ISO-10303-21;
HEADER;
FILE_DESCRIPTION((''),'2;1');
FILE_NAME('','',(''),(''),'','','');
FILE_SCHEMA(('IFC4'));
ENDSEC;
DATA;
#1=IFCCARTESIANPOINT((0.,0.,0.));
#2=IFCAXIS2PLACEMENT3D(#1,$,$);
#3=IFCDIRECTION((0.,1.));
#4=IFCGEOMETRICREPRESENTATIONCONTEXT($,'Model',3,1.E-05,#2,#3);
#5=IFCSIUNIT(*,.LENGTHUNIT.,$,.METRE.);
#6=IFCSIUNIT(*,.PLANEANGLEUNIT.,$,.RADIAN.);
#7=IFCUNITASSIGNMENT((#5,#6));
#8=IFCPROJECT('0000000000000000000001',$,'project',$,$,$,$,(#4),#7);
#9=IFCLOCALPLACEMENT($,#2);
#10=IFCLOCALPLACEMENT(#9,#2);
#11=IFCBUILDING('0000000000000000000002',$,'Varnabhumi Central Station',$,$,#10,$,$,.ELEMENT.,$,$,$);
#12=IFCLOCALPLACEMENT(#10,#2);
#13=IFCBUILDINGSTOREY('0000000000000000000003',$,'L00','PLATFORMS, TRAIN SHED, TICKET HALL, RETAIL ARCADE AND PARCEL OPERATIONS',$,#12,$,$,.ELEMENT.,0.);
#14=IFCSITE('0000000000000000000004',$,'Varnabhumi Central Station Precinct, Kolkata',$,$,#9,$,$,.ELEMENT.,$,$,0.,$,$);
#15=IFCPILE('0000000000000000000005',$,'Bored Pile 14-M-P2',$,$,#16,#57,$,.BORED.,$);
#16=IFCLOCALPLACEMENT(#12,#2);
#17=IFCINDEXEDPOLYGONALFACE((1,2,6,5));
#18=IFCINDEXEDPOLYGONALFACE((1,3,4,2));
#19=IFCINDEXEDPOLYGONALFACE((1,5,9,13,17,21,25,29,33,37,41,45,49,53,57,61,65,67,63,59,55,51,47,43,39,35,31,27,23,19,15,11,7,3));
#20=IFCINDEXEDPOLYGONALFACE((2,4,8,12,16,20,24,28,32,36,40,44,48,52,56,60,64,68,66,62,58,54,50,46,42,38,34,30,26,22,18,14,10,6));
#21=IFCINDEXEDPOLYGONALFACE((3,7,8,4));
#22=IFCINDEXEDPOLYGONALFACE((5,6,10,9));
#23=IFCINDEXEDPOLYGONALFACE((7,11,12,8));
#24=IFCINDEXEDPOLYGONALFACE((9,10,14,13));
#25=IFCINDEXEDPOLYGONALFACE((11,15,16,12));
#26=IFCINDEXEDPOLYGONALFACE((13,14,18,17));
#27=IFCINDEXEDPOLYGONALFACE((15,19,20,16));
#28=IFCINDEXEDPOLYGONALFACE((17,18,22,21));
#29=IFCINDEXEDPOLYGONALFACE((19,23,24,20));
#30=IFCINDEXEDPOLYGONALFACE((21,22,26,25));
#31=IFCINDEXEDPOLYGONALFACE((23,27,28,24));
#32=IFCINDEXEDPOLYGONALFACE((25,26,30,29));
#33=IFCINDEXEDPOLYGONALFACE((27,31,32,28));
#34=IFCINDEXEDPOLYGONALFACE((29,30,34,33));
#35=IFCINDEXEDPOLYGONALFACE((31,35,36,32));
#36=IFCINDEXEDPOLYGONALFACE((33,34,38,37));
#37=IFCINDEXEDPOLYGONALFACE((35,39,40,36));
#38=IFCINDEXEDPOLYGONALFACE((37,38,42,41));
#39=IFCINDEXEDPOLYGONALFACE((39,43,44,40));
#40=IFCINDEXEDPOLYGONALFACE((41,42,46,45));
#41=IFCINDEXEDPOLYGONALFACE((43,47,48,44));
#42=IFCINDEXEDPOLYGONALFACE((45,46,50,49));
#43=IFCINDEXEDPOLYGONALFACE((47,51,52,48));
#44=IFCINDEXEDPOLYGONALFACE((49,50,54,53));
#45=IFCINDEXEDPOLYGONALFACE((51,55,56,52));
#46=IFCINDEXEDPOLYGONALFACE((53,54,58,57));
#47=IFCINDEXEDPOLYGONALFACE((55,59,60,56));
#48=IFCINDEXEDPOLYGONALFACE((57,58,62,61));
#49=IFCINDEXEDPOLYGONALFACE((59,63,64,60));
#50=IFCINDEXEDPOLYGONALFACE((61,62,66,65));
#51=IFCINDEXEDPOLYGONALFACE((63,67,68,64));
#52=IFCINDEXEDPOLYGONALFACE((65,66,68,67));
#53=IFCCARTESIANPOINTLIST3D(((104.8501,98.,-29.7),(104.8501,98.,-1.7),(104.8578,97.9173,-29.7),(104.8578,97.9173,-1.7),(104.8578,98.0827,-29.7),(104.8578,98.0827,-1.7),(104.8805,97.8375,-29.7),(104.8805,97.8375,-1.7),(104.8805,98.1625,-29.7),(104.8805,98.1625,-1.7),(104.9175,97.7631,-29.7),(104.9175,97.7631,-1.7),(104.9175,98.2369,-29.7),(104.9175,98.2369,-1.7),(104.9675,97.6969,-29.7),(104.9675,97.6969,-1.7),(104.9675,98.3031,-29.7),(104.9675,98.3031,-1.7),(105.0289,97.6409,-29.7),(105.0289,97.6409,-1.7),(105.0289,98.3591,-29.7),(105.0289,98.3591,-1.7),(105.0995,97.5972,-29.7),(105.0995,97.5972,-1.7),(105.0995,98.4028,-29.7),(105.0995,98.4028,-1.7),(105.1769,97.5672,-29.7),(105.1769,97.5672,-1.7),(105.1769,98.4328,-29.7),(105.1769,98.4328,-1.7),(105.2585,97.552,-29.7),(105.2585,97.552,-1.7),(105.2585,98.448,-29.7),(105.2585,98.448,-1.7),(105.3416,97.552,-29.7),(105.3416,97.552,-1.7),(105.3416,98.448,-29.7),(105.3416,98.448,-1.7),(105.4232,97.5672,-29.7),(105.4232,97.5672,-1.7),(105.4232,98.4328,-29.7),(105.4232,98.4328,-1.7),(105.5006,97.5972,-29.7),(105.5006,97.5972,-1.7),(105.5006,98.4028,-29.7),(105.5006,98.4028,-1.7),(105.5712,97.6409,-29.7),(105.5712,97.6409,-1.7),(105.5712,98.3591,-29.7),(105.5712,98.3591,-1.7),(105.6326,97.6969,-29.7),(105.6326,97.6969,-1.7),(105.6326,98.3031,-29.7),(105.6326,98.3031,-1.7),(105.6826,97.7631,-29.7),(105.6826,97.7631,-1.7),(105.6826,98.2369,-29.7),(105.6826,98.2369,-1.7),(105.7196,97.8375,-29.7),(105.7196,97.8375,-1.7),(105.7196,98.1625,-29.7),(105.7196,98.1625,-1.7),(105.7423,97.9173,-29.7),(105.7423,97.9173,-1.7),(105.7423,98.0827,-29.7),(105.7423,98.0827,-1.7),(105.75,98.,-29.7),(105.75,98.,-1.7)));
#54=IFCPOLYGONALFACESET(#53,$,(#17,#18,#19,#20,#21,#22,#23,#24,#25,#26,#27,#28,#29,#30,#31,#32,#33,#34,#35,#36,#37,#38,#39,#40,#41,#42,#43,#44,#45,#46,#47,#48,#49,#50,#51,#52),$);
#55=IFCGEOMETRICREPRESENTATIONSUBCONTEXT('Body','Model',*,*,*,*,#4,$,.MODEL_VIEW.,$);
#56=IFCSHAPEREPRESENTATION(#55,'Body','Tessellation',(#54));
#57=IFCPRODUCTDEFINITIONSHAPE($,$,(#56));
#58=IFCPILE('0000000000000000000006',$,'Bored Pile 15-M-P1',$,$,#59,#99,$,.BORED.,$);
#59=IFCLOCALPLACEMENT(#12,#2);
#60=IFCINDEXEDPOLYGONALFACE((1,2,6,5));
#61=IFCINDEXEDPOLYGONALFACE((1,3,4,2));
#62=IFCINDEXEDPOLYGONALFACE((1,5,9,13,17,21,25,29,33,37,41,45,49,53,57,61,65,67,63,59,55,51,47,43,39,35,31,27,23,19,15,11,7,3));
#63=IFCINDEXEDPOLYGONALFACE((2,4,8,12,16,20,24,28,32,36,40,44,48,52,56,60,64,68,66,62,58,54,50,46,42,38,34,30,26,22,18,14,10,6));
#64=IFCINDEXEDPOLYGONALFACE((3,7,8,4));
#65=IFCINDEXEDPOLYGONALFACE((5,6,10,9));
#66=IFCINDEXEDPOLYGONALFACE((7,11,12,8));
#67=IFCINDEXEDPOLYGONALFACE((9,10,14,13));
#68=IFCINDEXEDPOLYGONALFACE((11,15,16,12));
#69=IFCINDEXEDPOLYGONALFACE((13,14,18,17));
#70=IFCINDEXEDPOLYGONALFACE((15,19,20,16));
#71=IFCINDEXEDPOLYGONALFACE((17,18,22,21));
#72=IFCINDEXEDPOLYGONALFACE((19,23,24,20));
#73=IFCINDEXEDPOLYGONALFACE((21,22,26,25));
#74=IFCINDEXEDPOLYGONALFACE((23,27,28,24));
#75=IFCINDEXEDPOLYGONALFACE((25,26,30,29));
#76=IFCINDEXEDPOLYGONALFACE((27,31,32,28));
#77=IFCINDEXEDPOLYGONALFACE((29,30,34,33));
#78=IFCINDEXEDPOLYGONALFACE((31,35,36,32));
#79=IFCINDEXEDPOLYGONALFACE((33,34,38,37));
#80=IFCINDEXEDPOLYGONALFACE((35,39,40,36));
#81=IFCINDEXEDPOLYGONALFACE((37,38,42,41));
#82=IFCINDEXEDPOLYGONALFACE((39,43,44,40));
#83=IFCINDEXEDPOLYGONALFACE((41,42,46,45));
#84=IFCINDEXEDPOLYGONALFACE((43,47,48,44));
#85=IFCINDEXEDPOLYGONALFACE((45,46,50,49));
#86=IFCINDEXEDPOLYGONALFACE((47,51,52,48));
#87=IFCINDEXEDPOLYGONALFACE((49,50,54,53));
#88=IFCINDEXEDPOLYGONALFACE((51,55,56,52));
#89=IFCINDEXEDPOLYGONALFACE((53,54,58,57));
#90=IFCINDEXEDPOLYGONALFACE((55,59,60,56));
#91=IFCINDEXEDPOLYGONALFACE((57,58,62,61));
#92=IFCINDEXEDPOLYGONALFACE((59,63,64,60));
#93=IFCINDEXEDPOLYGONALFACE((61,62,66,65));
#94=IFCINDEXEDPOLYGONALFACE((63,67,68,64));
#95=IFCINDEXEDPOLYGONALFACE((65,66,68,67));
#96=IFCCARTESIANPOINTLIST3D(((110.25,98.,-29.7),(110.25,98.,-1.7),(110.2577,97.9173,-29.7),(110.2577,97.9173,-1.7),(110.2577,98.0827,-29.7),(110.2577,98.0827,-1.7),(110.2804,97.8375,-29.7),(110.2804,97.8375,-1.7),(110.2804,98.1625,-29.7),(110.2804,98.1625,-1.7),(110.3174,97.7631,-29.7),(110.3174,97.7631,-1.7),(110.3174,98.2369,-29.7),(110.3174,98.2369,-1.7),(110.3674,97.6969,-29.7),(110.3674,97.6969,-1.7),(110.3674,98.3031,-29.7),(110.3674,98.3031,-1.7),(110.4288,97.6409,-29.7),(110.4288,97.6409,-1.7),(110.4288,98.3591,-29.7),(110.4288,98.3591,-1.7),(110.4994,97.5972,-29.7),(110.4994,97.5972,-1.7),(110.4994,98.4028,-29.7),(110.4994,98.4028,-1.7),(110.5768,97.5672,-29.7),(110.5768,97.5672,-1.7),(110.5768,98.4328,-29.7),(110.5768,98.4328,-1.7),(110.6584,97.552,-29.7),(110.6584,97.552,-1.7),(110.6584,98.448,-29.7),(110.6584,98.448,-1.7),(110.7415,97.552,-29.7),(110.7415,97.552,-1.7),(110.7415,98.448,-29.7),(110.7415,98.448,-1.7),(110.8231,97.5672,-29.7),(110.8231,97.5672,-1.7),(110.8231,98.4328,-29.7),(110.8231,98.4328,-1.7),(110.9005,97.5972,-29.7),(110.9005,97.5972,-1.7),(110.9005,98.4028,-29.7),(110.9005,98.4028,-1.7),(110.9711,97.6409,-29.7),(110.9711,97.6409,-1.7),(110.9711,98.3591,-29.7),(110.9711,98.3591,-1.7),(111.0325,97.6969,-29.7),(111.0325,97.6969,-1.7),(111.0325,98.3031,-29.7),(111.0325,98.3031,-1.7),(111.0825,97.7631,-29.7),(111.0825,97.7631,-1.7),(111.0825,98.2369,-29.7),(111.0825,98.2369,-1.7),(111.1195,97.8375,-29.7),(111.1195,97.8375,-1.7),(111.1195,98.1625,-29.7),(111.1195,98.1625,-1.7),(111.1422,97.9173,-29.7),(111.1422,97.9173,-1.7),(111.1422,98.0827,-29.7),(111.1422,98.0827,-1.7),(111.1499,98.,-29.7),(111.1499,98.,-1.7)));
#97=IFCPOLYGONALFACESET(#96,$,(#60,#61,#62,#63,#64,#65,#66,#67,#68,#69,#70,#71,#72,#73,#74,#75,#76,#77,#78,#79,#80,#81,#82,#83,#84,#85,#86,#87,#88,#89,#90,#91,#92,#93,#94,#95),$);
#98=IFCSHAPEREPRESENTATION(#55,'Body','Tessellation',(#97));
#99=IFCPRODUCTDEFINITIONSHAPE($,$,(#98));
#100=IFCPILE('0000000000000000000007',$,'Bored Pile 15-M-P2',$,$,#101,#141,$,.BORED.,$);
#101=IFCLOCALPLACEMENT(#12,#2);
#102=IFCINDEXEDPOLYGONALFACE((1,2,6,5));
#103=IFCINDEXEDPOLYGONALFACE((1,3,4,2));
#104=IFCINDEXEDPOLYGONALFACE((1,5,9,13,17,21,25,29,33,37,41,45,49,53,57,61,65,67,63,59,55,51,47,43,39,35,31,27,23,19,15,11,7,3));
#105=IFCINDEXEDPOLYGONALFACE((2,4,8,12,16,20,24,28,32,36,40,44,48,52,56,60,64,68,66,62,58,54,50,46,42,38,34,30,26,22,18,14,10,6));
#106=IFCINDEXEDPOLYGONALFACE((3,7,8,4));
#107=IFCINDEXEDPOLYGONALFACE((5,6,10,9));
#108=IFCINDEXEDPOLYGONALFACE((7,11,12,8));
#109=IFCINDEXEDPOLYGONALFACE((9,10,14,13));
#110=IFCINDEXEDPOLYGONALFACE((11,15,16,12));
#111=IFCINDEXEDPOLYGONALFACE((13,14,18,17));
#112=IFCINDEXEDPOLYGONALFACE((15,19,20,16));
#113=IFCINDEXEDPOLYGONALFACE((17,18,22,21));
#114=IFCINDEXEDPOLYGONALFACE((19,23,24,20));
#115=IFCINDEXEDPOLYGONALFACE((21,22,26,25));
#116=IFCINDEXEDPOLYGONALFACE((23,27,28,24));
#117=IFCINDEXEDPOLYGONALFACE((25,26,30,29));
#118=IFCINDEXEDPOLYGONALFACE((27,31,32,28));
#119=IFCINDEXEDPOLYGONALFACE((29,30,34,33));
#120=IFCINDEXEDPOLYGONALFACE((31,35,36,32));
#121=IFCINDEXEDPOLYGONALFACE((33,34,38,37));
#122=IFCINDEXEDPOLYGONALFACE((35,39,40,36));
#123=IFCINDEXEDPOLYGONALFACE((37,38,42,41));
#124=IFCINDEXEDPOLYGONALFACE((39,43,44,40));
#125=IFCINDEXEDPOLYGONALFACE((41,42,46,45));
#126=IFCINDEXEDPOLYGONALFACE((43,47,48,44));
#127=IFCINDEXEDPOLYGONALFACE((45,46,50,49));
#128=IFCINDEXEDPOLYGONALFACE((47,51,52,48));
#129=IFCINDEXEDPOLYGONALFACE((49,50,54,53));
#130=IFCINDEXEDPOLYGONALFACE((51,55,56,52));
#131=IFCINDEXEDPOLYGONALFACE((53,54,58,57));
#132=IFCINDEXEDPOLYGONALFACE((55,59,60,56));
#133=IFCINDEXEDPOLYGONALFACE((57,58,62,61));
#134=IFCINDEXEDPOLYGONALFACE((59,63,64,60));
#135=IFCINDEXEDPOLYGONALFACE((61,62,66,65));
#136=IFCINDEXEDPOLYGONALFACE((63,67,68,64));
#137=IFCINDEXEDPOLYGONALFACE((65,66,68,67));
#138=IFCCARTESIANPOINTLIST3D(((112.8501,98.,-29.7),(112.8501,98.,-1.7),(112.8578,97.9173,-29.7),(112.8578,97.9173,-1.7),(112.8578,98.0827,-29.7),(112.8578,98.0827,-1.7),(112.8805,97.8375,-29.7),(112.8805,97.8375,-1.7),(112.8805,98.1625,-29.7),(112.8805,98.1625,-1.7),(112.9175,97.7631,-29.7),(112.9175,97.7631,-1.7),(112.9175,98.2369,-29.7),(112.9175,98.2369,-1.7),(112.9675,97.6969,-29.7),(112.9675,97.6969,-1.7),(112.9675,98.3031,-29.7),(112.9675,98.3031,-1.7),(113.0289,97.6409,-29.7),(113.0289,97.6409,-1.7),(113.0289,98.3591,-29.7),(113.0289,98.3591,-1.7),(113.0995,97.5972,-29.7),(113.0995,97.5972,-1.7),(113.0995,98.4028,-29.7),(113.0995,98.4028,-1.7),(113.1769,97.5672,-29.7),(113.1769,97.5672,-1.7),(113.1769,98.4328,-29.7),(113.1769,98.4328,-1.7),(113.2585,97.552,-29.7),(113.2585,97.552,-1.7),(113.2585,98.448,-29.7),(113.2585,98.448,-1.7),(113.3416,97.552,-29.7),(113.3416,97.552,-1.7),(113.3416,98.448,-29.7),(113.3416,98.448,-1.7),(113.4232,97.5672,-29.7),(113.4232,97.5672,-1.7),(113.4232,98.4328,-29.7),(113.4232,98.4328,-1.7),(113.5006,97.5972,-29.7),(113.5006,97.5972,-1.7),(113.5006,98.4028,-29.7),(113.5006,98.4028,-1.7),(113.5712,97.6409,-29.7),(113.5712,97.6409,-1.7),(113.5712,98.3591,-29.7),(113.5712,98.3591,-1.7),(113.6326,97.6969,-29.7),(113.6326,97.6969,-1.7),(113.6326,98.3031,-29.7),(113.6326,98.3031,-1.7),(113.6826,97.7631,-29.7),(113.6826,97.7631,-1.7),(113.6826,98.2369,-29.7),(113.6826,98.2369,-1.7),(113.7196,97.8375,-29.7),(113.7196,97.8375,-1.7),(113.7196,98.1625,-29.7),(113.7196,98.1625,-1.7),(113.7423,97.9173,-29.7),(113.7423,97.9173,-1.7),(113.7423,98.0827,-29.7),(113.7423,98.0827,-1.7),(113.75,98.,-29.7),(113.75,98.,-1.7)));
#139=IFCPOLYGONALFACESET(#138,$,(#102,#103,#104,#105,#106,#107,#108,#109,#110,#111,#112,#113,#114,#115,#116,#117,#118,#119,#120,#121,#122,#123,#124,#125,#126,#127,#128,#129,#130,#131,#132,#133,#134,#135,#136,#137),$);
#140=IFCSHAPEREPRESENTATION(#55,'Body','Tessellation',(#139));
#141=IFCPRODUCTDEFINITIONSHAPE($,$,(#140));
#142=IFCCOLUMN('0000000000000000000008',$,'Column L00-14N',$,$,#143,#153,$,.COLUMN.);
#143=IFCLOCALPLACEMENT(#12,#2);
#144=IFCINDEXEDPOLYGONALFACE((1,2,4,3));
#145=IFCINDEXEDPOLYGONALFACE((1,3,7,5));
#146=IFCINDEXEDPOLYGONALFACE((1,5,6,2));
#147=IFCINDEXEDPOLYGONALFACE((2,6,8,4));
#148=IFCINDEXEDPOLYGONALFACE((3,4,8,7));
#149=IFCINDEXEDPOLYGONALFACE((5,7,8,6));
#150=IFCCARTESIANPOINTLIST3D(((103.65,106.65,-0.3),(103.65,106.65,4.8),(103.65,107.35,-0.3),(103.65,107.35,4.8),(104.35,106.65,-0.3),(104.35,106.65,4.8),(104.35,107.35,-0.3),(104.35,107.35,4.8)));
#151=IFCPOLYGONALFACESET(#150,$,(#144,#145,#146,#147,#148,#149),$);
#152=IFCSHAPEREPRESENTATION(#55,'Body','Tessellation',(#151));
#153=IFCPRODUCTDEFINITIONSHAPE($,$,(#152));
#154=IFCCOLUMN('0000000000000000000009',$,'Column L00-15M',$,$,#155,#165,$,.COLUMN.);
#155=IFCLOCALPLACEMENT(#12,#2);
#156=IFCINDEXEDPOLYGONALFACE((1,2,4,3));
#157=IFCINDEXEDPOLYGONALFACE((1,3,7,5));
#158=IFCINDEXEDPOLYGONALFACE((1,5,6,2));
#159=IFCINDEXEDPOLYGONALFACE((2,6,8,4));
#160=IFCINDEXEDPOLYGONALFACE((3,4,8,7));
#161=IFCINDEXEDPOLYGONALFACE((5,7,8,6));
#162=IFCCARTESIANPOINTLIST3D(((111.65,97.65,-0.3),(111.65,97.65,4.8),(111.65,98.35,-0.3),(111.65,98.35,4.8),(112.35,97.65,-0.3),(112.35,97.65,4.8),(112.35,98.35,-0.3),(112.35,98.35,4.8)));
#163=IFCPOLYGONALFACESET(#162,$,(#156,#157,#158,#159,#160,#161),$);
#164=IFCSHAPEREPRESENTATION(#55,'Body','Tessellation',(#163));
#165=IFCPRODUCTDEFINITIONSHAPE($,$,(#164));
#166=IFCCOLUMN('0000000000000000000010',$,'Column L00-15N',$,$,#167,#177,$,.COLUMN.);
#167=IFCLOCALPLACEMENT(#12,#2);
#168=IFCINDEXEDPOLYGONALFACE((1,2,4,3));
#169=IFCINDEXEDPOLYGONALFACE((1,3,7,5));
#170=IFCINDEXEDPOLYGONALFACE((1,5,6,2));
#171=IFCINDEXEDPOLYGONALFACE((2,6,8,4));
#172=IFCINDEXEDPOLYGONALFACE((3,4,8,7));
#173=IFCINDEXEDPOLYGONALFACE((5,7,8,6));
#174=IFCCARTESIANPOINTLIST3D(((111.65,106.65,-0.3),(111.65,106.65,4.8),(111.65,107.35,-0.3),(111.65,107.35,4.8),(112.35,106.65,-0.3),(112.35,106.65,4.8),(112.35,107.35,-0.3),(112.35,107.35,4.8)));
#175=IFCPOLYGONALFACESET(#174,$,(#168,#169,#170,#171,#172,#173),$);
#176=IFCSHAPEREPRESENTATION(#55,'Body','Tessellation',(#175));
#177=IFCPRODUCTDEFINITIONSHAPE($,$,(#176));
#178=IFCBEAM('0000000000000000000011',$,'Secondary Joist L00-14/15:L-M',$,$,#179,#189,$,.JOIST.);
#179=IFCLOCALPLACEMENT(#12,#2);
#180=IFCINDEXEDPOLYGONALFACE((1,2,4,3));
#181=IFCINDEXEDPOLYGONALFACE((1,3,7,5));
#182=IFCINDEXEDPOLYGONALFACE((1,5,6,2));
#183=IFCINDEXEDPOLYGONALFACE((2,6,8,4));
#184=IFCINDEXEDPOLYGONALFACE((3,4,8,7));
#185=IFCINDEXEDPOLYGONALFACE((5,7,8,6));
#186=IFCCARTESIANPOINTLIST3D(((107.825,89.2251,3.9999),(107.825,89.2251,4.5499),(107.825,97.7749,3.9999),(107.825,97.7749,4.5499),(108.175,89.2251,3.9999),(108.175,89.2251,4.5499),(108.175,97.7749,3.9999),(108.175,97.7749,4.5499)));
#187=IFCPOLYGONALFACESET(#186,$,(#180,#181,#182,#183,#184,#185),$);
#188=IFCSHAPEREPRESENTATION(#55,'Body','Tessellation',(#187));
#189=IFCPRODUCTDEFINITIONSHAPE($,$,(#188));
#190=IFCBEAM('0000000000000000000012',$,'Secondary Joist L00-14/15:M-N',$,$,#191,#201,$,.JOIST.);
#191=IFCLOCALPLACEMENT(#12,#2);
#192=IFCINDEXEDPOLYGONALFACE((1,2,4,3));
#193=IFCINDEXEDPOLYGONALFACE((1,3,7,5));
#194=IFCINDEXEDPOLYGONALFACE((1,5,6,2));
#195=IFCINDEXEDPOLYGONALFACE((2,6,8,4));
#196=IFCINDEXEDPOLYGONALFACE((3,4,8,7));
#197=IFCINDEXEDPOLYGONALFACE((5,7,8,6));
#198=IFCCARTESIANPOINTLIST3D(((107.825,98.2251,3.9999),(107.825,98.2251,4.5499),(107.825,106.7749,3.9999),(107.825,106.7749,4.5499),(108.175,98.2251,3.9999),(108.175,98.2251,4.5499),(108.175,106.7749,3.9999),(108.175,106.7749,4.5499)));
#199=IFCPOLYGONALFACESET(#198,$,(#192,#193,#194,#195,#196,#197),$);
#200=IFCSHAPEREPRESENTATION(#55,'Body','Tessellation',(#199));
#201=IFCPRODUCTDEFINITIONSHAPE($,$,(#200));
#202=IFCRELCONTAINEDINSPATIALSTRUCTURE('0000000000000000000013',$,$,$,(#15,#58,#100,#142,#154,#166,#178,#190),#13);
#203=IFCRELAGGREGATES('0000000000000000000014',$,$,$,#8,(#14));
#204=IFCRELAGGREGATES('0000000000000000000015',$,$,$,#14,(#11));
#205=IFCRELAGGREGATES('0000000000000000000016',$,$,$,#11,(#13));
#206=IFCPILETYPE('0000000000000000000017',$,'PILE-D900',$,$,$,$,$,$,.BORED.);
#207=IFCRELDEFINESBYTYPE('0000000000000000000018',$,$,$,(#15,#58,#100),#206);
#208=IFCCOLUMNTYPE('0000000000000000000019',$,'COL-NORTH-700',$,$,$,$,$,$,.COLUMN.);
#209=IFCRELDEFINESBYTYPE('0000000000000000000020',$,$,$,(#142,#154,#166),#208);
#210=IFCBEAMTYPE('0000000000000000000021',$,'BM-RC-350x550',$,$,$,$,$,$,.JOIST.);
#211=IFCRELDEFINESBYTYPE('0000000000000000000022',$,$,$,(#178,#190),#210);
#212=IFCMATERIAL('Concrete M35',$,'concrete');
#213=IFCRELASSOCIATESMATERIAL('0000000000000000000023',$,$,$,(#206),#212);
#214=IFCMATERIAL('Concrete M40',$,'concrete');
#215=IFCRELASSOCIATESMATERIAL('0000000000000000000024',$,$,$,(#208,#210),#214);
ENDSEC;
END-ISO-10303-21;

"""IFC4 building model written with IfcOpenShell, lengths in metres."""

from ifc_helpers import new_model, si_unit, direction, frame, origin, origin_2d, place, context, subcontext, project, spatial, rectangle, circle, extrude, material, material_profile, profile_set, type_object, element, save


model = new_model("IFC4")

# Units and contexts
model_context = context("Model", 3, precision=1e-05, world=origin(), true_north=direction((0.0, 1.0)))
body_context = subcontext(model_context, "Body", "Model", "MODEL_VIEW")
ifc_project = project(units=[si_unit("LENGTHUNIT", "METRE"), si_unit("PLANEANGLEUNIT", "RADIAN")], contexts=[model_context])

# Site, building, storey
site_placement = place(None, origin())
site = spatial("IfcSite", under=ifc_project, at=site_placement, Name="Varnabhumi Central Station Precinct, Kolkata", CompositionType="ELEMENT", RefElevation=0.0)
building_placement = place(site_placement, origin())
building = spatial("IfcBuilding", under=site, at=building_placement, Name="Varnabhumi Central Station", CompositionType="ELEMENT")
storey_placement = place(building_placement, origin())
storey = spatial("IfcBuildingStorey", under=building, at=storey_placement, Name="L00", Description="PLATFORMS, TRAIN SHED, TICKET HALL, RETAIL ARCADE AND PARCEL OPERATIONS", CompositionType="ELEMENT", Elevation=0.0)

# Shared definitions
ifc_material_1 = material(Name="Concrete M40", Category="concrete")

# Piles
ifc_material_2 = material(Name="Concrete M35", Category="concrete")
ifc_material_profile_1 = material_profile(ifc_material_2, circle(Radius=0.45, at=origin_2d()), Name="Concrete M35", Category="concrete")
ifc_profile_set_1 = profile_set([ifc_material_profile_1], Name="Concrete M35")
pile_type_1 = type_object("IfcPileType", Name="PILE-D900", PredefinedType="BORED", material=ifc_profile_set_1)
for number, where, z_axis, x_axis, name in (
    (1, (105.3, 98.0, -1.7), (0.0, 0.0, -1.0), (1.0, 0.0, 0.0), "Bored Pile 14-M-P2"),
    (2, (110.7, 98.0, -1.7), (0.0, 0.0, -1.0), (1.0, 0.0, 0.0), "Bored Pile 15-M-P1"),
    (3, (113.3, 98.0, -1.7), (0.0, 0.0, -1.0), (1.0, 0.0, 0.0), "Bored Pile 15-M-P2"),
):
    element("IfcPile", number, at=place(storey_placement, frame(where, z_axis=z_axis, x_axis=x_axis)), inside=storey, type_object=pile_type_1, Name=name, PredefinedType="BORED", context=body_context, shape_type="SweptSolid", body=[
        extrude(circle(Radius=0.45, at=origin_2d()), origin(), (0.0, 0.0, 1.0), 28.0),
    ])

# Columns
ifc_material_profile_2 = material_profile(ifc_material_1, rectangle(XDim=0.7, YDim=0.7, at=origin_2d()), Name="Concrete M40", Category="concrete")
ifc_profile_set_2 = profile_set([ifc_material_profile_2], Name="Concrete M40")
column_type = type_object("IfcColumnType", Name="COL-NORTH-700", PredefinedType="COLUMN", material=ifc_profile_set_2)
for number, where, z_axis, x_axis, name in (
    (4, (104.0, 107.0, -0.3), (0.0, 0.0, 1.0), (1.0, 0.0, 0.0), "Column L00-14N"),
    (5, (112.0, 98.0, -0.3), (0.0, 0.0, 1.0), (1.0, 0.0, 0.0), "Column L00-15M"),
    (6, (112.0, 107.0, -0.3), (0.0, 0.0, 1.0), (1.0, 0.0, 0.0), "Column L00-15N"),
):
    element("IfcColumn", number, at=place(storey_placement, frame(where, z_axis=z_axis, x_axis=x_axis)), inside=storey, type_object=column_type, Name=name, PredefinedType="COLUMN", context=body_context, shape_type="SweptSolid", body=[
        extrude(rectangle(XDim=0.7, YDim=0.7, at=origin_2d()), origin(), (0.0, 0.0, 1.0), 5.1001),
    ])

# Beams
ifc_material_profile_3 = material_profile(ifc_material_1, rectangle(XDim=0.3501, YDim=0.55, at=origin_2d()), Name="Concrete M40", Category="concrete")
ifc_profile_set_3 = profile_set([ifc_material_profile_3], Name="Concrete M40")
beam_type_1 = type_object("IfcBeamType", Name="BM-RC-350x550", PredefinedType="JOIST", material=ifc_profile_set_3)
for number, where, z_axis, x_axis, name in (
    (7, (108.0, 89.2251, 4.2749), (0.0, 1.0, 0.0), (-1.0, 0.0, 0.0), "Secondary Joist L00-14/15:L-M"),
    (8, (108.0, 98.2251, 4.2749), (0.0, 1.0, 0.0), (-1.0, 0.0, 0.0), "Secondary Joist L00-14/15:M-N"),
):
    element("IfcBeam", number, at=place(storey_placement, frame(where, z_axis=z_axis, x_axis=x_axis)), inside=storey, type_object=beam_type_1, Name=name, PredefinedType="JOIST", context=body_context, shape_type="SweptSolid", body=[
        extrude(rectangle(XDim=0.3501, YDim=0.55, at=origin_2d()), origin(), (0.0, 0.0, 1.0), 8.5498),
    ])

save(model, "model.ifc")
